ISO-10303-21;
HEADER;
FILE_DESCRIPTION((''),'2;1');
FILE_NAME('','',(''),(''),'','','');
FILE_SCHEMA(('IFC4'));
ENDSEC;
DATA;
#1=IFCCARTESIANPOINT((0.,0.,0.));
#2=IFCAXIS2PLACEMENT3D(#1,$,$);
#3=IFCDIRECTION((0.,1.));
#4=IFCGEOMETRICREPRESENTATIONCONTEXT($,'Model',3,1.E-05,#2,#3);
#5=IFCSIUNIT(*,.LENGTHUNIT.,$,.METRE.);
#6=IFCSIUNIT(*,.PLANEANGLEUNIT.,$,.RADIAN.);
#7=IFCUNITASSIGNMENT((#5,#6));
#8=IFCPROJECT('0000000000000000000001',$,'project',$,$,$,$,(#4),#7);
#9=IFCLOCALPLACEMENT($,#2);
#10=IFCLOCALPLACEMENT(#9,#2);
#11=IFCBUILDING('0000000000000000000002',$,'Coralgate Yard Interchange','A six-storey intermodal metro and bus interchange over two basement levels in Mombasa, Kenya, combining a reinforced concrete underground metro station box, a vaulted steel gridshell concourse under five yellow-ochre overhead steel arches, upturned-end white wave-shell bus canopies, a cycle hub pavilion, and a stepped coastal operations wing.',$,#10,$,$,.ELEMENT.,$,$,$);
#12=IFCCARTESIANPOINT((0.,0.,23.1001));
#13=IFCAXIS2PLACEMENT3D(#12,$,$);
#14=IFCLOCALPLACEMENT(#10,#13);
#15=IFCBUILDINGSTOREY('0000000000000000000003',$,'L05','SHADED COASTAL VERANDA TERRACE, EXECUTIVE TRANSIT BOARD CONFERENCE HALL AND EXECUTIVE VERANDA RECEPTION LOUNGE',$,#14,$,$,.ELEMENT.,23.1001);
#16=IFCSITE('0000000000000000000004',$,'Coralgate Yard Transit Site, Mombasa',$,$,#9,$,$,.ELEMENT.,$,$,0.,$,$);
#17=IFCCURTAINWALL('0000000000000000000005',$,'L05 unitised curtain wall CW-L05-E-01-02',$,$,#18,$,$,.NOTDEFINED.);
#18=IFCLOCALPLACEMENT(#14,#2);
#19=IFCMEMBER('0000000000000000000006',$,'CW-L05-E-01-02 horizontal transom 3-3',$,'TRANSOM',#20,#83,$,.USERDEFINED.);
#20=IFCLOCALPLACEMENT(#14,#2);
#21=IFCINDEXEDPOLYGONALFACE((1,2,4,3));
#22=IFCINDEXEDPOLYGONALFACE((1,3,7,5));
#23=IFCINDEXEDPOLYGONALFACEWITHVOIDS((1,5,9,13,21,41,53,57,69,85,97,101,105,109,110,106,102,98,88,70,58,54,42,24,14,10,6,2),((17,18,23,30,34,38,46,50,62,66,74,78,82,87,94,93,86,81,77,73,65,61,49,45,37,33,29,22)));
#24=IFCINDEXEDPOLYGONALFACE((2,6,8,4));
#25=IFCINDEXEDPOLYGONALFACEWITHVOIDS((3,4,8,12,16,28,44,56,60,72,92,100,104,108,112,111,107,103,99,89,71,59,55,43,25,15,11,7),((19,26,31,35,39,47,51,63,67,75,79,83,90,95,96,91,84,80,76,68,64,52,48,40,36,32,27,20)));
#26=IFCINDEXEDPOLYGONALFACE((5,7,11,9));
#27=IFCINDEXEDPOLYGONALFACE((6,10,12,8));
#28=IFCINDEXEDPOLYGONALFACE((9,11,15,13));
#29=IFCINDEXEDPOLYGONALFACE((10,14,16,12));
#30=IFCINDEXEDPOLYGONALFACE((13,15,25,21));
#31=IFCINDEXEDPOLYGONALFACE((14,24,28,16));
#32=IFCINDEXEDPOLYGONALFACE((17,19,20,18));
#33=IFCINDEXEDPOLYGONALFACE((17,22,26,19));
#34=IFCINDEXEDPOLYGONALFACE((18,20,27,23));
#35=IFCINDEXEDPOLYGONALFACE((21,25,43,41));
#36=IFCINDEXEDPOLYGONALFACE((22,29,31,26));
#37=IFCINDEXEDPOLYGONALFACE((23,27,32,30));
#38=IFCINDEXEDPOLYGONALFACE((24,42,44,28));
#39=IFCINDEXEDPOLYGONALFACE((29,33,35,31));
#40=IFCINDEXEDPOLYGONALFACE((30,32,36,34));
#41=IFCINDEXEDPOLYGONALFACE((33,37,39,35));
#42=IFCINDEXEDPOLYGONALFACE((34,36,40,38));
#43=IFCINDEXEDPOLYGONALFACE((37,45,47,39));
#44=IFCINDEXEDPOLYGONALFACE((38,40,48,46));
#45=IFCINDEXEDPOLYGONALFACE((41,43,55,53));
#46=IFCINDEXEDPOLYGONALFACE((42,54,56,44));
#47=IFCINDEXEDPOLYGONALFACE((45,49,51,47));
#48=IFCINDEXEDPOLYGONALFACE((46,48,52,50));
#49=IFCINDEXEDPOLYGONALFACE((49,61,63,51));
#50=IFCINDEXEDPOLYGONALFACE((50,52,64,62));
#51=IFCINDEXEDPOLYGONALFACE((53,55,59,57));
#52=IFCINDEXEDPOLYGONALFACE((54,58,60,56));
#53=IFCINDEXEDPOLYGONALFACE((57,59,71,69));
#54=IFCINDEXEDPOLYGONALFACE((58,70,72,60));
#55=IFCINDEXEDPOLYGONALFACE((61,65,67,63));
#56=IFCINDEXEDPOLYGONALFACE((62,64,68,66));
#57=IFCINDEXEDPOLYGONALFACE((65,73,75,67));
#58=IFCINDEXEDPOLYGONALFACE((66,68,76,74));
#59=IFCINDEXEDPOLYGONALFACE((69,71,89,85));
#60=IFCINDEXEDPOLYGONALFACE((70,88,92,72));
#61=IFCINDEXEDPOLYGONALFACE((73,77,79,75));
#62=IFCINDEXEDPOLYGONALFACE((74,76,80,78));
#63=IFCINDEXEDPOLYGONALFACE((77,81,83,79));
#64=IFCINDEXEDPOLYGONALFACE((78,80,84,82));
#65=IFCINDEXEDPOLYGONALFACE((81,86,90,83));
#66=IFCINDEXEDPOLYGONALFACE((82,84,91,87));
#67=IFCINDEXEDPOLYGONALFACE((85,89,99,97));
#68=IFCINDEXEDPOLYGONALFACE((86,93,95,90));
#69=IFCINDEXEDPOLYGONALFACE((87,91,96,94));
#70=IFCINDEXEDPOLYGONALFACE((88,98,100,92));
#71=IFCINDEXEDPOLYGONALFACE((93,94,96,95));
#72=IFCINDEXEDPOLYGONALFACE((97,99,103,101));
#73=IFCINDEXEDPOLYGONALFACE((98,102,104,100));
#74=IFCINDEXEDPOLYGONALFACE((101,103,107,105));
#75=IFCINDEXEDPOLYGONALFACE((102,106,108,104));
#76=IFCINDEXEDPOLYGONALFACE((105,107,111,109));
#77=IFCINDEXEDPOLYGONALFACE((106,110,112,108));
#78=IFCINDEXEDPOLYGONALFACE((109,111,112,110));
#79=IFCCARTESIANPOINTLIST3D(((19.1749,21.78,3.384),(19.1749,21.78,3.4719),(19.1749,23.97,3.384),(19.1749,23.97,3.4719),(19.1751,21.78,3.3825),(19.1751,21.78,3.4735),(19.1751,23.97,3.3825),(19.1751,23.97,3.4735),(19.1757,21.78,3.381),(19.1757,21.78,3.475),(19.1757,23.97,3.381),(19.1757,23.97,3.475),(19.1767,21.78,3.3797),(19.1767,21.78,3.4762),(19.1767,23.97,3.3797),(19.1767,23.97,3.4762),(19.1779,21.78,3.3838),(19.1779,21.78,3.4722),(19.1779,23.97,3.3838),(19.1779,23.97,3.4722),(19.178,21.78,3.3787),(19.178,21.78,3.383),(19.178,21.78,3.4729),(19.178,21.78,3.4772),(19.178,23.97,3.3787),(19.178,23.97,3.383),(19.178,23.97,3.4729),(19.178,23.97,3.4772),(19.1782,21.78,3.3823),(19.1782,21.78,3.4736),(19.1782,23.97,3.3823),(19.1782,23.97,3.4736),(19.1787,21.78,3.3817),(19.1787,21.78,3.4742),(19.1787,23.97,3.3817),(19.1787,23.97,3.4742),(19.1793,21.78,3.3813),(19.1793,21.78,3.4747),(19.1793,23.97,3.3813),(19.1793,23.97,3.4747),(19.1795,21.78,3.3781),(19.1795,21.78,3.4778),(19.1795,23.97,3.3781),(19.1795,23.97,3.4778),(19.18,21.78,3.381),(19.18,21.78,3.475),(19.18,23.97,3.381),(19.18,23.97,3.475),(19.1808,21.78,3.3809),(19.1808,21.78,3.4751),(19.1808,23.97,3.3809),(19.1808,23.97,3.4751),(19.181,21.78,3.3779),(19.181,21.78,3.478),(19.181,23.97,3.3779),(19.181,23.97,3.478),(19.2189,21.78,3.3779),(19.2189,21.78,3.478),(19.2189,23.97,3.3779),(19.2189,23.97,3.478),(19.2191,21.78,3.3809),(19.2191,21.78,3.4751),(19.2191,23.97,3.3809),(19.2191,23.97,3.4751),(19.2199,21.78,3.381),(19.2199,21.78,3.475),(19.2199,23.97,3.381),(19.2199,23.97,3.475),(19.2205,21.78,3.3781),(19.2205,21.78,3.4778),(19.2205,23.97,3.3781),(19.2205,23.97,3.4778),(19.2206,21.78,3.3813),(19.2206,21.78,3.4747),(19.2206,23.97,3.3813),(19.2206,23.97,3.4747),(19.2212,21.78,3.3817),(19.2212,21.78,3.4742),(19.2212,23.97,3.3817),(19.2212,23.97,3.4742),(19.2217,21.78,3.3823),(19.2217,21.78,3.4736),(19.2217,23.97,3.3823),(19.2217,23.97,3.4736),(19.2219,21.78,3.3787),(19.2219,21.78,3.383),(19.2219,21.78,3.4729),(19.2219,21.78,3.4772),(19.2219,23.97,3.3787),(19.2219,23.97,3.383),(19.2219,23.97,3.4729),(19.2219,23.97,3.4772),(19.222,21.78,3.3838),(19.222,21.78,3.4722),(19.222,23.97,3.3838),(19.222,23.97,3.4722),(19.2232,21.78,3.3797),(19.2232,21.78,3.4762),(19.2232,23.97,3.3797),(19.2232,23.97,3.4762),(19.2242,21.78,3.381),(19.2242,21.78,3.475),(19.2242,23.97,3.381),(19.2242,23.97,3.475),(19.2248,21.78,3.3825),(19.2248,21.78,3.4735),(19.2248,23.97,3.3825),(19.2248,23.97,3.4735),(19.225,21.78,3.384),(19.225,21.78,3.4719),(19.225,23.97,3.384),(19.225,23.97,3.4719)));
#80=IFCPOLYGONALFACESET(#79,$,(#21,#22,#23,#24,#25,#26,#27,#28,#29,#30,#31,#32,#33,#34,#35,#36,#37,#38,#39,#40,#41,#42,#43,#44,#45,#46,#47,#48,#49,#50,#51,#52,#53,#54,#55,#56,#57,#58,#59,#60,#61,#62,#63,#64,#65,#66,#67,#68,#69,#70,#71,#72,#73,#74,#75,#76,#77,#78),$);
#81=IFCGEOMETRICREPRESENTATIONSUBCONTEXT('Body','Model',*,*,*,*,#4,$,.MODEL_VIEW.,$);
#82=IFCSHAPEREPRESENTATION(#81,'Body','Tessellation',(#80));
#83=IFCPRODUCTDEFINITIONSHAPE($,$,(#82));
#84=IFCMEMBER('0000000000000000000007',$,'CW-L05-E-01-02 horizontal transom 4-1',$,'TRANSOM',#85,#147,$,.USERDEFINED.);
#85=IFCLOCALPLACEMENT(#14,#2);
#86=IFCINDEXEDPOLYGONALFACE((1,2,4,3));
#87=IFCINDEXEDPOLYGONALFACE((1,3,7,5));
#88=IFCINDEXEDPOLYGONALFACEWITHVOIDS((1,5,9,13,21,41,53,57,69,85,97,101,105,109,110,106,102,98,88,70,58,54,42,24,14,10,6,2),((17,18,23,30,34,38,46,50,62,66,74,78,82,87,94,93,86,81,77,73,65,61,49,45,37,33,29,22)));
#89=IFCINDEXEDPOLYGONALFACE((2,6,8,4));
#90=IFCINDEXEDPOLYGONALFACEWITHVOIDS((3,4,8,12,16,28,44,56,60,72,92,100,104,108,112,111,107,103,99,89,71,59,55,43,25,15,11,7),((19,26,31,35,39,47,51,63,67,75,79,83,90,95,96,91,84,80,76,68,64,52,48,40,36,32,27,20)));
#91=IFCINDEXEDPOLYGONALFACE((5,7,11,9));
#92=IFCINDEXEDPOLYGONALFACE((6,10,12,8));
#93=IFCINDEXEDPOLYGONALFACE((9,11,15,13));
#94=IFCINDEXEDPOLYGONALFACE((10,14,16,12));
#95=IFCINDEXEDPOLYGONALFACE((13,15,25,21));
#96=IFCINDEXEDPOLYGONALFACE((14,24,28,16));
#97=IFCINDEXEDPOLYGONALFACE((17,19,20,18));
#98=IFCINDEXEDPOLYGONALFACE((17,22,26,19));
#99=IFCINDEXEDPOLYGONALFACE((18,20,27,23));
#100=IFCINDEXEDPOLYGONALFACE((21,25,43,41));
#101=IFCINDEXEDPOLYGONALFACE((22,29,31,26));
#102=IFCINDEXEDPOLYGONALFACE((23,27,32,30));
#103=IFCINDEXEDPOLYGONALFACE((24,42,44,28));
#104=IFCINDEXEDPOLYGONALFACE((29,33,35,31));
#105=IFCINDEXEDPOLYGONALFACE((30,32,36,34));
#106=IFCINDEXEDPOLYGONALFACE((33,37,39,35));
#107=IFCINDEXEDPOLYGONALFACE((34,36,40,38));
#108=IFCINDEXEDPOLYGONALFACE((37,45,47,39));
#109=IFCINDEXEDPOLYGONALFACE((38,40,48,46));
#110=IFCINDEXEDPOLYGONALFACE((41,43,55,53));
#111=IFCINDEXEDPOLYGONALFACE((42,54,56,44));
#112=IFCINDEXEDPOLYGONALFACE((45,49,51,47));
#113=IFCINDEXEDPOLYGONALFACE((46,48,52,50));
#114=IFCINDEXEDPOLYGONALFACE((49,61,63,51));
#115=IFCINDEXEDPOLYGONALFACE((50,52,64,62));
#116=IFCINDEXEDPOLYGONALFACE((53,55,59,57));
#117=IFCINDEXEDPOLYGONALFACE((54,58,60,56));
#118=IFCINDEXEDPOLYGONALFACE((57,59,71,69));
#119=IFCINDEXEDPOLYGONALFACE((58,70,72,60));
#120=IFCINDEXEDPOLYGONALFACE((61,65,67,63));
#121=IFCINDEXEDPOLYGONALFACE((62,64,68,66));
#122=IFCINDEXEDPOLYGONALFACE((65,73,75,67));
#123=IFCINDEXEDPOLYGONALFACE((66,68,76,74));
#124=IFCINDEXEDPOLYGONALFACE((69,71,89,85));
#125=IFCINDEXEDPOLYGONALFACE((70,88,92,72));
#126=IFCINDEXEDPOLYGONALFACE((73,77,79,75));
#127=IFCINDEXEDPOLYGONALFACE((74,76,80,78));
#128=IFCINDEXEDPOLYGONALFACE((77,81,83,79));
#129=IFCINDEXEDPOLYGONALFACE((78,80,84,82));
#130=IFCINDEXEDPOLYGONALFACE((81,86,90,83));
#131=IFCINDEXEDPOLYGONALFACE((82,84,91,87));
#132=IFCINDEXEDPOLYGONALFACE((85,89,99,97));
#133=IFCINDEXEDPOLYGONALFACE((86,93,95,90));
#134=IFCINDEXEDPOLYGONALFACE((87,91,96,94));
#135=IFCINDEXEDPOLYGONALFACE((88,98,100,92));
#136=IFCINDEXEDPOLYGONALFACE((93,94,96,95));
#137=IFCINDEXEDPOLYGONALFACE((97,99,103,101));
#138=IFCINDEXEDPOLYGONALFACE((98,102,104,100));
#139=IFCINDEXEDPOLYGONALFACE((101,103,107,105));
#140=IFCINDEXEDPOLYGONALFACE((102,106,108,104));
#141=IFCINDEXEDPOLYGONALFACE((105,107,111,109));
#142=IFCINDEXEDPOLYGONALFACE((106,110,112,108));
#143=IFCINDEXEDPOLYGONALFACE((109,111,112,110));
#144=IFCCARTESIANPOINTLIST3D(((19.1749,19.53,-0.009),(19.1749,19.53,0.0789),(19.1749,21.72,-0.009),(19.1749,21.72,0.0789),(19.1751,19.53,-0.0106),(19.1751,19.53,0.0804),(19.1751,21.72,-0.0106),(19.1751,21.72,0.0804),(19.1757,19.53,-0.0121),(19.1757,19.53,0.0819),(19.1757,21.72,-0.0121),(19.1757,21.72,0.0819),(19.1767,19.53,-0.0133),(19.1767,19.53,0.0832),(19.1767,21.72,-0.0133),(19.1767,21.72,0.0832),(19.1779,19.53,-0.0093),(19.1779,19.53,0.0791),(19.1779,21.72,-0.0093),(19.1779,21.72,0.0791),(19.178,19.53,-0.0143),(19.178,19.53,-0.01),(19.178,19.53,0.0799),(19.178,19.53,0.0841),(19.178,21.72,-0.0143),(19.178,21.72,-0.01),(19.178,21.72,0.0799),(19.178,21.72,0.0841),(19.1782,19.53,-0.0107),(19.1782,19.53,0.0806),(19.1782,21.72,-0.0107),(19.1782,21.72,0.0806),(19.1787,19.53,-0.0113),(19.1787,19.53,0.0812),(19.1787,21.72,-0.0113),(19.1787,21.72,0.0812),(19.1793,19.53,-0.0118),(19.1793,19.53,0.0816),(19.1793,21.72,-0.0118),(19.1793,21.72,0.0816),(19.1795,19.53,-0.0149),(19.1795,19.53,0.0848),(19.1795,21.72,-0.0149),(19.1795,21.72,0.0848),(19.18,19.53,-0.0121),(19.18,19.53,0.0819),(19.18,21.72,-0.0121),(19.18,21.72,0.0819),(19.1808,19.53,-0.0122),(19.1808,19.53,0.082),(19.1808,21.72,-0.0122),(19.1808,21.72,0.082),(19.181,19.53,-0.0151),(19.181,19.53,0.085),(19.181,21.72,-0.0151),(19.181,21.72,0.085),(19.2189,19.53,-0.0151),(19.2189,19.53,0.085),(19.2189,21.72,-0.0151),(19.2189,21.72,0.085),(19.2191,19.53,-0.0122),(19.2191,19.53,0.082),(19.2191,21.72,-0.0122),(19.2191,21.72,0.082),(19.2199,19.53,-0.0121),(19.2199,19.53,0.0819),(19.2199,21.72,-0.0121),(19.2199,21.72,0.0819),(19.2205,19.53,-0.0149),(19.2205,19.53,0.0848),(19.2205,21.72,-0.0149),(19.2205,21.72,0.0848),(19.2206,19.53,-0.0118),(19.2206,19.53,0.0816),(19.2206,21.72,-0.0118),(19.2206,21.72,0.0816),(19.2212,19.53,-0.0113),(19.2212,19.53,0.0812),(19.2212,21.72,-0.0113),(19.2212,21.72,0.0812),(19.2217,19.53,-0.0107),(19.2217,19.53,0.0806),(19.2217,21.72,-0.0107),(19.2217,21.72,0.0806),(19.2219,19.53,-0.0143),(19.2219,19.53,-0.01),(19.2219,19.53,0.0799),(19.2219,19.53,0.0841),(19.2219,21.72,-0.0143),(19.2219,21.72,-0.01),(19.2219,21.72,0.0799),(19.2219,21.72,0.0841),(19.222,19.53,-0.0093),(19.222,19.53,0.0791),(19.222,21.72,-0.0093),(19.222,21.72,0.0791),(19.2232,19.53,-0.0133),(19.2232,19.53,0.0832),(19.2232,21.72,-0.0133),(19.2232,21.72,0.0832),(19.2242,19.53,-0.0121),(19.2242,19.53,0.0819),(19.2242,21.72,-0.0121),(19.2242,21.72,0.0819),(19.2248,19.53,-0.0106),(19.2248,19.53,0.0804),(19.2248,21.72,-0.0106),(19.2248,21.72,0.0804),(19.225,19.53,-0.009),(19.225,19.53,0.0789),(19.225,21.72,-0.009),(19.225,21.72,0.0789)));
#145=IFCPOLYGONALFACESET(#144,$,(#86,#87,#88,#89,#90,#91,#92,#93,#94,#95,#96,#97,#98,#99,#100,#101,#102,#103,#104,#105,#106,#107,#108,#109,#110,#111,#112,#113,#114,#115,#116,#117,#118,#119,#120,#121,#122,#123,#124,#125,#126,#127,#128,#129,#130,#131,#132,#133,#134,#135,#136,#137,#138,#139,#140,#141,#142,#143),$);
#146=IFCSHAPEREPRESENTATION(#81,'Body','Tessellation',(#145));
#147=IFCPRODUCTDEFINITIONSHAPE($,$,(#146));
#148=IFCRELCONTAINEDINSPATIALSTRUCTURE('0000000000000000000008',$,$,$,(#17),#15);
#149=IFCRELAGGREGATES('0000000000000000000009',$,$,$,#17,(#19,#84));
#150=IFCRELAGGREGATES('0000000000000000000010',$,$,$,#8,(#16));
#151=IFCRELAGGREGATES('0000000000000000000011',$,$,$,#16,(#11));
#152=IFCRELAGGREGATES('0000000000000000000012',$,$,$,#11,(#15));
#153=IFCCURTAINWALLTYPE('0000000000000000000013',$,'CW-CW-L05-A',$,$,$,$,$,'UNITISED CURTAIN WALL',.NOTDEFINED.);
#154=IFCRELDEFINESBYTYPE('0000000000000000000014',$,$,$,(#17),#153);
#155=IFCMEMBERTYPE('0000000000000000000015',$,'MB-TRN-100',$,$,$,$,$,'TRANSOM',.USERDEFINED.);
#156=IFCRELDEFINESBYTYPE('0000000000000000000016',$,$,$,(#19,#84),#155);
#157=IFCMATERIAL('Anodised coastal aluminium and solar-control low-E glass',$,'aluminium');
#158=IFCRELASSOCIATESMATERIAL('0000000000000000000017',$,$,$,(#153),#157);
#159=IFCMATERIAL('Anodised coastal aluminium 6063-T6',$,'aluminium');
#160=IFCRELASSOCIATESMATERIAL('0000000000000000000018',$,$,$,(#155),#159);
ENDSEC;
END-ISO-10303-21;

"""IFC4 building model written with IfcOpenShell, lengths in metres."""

from ifc_helpers import new_model, si_unit, direction, frame, origin, origin_2d, place, context, subcontext, project, spatial, hollow_rectangle, extrude, material, material_profile, profile_set, type_object, element, aggregate, save


model = new_model("IFC4")

# Units and contexts
model_context = context("Model", 3, precision=1e-05, world=origin(), true_north=direction((0.0, 1.0)))
body_context = subcontext(model_context, "Body", "Model", "MODEL_VIEW")
ifc_project = project(units=[si_unit("LENGTHUNIT", "METRE"), si_unit("PLANEANGLEUNIT", "RADIAN")], contexts=[model_context])

# Site, building, storey
site_placement = place(None, origin())
site = spatial("IfcSite", under=ifc_project, at=site_placement, Name="Coralgate Yard Transit Site, Mombasa", CompositionType="ELEMENT", RefElevation=0.0)
building_placement = place(site_placement, origin())
building = spatial("IfcBuilding", under=site, at=building_placement, Name="Coralgate Yard Interchange", Description="A six-storey intermodal metro and bus interchange over two basement levels in Mombasa, Kenya, combining a reinforced concrete underground metro station box, a vaulted steel gridshell concourse under five yellow-ochre overhead steel arches, upturned-end white wave-shell bus canopies, a cycle hub pavilion, and a stepped coastal operations wing.", CompositionType="ELEMENT")
storey_placement = place(building_placement, frame((0.0, 0.0, 23.1001)))
storey = spatial("IfcBuildingStorey", under=building, at=storey_placement, Name="L05", Description="SHADED COASTAL VERANDA TERRACE, EXECUTIVE TRANSIT BOARD CONFERENCE HALL AND EXECUTIVE VERANDA RECEPTION LOUNGE", CompositionType="ELEMENT", Elevation=23.1001)

# Curtain wall, members
ifc_material_1 = material(Name="Anodised coastal aluminium and solar-control low-E glass", Category="aluminium")
curtain_wall_type = type_object("IfcCurtainWallType", Name="CW-CW-L05-A", ElementType="UNITISED CURTAIN WALL", PredefinedType="NOTDEFINED", material=ifc_material_1)
ifc_material_2 = material(Name="Anodised coastal aluminium 6063-T6", Category="aluminium")
curtain_wall_1_placement = place(storey_placement, origin())
curtain_wall_1 = element("IfcCurtainWall", 1, at=curtain_wall_1_placement, inside=storey, type_object=curtain_wall_type, Name="L05 unitised curtain wall CW-L05-E-01-02", PredefinedType="NOTDEFINED")
ifc_material_profile_1 = material_profile(ifc_material_2, hollow_rectangle(XDim=0.05, YDim=0.1001, WallThickness=0.0029, InnerFilletRadius=0.0029, OuterFilletRadius=0.0061, at=origin_2d()), Name="ALU 50x100x3")
ifc_profile_set_1 = profile_set([ifc_material_profile_1], Name="Anodised coastal aluminium 6063-T6")
member_type_1 = type_object("IfcMemberType", Name="MB-TRN-100", ElementType="TRANSOM", PredefinedType="USERDEFINED", material=ifc_profile_set_1)
member_1_placement = place(storey_placement, frame((19.2, 23.97, 3.428), z_axis=(0.0, -1.0, 0.0), x_axis=(1.0, 0.0, 0.0)))
member_1 = element("IfcMember", 2, at=member_1_placement, type_object=member_type_1, Name="CW-L05-E-01-02 horizontal transom 3-3", ObjectType="TRANSOM", PredefinedType="USERDEFINED", context=body_context, shape_type="SweptSolid", body=[
    extrude(hollow_rectangle(XDim=0.05, YDim=0.1001, WallThickness=0.0029, InnerFilletRadius=0.0029, OuterFilletRadius=0.0061, at=origin_2d()), origin(), (0.0, 0.0, 1.0), 2.1899),
])
member_2_placement = place(storey_placement, frame((19.2, 21.72, 0.0349), z_axis=(0.0, -1.0, 0.0), x_axis=(1.0, 0.0, 0.0)))
member_2 = element("IfcMember", 3, at=member_2_placement, type_object=member_type_1, Name="CW-L05-E-01-02 horizontal transom 4-1", ObjectType="TRANSOM", PredefinedType="USERDEFINED", context=body_context, shape_type="SweptSolid", body=[
    extrude(hollow_rectangle(XDim=0.05, YDim=0.1001, WallThickness=0.0029, InnerFilletRadius=0.0029, OuterFilletRadius=0.0061, at=origin_2d()), origin(), (0.0, 0.0, 1.0), 2.1899),
])

aggregate(curtain_wall_1, [member_1, member_2])

save(model, "model.ifc")
